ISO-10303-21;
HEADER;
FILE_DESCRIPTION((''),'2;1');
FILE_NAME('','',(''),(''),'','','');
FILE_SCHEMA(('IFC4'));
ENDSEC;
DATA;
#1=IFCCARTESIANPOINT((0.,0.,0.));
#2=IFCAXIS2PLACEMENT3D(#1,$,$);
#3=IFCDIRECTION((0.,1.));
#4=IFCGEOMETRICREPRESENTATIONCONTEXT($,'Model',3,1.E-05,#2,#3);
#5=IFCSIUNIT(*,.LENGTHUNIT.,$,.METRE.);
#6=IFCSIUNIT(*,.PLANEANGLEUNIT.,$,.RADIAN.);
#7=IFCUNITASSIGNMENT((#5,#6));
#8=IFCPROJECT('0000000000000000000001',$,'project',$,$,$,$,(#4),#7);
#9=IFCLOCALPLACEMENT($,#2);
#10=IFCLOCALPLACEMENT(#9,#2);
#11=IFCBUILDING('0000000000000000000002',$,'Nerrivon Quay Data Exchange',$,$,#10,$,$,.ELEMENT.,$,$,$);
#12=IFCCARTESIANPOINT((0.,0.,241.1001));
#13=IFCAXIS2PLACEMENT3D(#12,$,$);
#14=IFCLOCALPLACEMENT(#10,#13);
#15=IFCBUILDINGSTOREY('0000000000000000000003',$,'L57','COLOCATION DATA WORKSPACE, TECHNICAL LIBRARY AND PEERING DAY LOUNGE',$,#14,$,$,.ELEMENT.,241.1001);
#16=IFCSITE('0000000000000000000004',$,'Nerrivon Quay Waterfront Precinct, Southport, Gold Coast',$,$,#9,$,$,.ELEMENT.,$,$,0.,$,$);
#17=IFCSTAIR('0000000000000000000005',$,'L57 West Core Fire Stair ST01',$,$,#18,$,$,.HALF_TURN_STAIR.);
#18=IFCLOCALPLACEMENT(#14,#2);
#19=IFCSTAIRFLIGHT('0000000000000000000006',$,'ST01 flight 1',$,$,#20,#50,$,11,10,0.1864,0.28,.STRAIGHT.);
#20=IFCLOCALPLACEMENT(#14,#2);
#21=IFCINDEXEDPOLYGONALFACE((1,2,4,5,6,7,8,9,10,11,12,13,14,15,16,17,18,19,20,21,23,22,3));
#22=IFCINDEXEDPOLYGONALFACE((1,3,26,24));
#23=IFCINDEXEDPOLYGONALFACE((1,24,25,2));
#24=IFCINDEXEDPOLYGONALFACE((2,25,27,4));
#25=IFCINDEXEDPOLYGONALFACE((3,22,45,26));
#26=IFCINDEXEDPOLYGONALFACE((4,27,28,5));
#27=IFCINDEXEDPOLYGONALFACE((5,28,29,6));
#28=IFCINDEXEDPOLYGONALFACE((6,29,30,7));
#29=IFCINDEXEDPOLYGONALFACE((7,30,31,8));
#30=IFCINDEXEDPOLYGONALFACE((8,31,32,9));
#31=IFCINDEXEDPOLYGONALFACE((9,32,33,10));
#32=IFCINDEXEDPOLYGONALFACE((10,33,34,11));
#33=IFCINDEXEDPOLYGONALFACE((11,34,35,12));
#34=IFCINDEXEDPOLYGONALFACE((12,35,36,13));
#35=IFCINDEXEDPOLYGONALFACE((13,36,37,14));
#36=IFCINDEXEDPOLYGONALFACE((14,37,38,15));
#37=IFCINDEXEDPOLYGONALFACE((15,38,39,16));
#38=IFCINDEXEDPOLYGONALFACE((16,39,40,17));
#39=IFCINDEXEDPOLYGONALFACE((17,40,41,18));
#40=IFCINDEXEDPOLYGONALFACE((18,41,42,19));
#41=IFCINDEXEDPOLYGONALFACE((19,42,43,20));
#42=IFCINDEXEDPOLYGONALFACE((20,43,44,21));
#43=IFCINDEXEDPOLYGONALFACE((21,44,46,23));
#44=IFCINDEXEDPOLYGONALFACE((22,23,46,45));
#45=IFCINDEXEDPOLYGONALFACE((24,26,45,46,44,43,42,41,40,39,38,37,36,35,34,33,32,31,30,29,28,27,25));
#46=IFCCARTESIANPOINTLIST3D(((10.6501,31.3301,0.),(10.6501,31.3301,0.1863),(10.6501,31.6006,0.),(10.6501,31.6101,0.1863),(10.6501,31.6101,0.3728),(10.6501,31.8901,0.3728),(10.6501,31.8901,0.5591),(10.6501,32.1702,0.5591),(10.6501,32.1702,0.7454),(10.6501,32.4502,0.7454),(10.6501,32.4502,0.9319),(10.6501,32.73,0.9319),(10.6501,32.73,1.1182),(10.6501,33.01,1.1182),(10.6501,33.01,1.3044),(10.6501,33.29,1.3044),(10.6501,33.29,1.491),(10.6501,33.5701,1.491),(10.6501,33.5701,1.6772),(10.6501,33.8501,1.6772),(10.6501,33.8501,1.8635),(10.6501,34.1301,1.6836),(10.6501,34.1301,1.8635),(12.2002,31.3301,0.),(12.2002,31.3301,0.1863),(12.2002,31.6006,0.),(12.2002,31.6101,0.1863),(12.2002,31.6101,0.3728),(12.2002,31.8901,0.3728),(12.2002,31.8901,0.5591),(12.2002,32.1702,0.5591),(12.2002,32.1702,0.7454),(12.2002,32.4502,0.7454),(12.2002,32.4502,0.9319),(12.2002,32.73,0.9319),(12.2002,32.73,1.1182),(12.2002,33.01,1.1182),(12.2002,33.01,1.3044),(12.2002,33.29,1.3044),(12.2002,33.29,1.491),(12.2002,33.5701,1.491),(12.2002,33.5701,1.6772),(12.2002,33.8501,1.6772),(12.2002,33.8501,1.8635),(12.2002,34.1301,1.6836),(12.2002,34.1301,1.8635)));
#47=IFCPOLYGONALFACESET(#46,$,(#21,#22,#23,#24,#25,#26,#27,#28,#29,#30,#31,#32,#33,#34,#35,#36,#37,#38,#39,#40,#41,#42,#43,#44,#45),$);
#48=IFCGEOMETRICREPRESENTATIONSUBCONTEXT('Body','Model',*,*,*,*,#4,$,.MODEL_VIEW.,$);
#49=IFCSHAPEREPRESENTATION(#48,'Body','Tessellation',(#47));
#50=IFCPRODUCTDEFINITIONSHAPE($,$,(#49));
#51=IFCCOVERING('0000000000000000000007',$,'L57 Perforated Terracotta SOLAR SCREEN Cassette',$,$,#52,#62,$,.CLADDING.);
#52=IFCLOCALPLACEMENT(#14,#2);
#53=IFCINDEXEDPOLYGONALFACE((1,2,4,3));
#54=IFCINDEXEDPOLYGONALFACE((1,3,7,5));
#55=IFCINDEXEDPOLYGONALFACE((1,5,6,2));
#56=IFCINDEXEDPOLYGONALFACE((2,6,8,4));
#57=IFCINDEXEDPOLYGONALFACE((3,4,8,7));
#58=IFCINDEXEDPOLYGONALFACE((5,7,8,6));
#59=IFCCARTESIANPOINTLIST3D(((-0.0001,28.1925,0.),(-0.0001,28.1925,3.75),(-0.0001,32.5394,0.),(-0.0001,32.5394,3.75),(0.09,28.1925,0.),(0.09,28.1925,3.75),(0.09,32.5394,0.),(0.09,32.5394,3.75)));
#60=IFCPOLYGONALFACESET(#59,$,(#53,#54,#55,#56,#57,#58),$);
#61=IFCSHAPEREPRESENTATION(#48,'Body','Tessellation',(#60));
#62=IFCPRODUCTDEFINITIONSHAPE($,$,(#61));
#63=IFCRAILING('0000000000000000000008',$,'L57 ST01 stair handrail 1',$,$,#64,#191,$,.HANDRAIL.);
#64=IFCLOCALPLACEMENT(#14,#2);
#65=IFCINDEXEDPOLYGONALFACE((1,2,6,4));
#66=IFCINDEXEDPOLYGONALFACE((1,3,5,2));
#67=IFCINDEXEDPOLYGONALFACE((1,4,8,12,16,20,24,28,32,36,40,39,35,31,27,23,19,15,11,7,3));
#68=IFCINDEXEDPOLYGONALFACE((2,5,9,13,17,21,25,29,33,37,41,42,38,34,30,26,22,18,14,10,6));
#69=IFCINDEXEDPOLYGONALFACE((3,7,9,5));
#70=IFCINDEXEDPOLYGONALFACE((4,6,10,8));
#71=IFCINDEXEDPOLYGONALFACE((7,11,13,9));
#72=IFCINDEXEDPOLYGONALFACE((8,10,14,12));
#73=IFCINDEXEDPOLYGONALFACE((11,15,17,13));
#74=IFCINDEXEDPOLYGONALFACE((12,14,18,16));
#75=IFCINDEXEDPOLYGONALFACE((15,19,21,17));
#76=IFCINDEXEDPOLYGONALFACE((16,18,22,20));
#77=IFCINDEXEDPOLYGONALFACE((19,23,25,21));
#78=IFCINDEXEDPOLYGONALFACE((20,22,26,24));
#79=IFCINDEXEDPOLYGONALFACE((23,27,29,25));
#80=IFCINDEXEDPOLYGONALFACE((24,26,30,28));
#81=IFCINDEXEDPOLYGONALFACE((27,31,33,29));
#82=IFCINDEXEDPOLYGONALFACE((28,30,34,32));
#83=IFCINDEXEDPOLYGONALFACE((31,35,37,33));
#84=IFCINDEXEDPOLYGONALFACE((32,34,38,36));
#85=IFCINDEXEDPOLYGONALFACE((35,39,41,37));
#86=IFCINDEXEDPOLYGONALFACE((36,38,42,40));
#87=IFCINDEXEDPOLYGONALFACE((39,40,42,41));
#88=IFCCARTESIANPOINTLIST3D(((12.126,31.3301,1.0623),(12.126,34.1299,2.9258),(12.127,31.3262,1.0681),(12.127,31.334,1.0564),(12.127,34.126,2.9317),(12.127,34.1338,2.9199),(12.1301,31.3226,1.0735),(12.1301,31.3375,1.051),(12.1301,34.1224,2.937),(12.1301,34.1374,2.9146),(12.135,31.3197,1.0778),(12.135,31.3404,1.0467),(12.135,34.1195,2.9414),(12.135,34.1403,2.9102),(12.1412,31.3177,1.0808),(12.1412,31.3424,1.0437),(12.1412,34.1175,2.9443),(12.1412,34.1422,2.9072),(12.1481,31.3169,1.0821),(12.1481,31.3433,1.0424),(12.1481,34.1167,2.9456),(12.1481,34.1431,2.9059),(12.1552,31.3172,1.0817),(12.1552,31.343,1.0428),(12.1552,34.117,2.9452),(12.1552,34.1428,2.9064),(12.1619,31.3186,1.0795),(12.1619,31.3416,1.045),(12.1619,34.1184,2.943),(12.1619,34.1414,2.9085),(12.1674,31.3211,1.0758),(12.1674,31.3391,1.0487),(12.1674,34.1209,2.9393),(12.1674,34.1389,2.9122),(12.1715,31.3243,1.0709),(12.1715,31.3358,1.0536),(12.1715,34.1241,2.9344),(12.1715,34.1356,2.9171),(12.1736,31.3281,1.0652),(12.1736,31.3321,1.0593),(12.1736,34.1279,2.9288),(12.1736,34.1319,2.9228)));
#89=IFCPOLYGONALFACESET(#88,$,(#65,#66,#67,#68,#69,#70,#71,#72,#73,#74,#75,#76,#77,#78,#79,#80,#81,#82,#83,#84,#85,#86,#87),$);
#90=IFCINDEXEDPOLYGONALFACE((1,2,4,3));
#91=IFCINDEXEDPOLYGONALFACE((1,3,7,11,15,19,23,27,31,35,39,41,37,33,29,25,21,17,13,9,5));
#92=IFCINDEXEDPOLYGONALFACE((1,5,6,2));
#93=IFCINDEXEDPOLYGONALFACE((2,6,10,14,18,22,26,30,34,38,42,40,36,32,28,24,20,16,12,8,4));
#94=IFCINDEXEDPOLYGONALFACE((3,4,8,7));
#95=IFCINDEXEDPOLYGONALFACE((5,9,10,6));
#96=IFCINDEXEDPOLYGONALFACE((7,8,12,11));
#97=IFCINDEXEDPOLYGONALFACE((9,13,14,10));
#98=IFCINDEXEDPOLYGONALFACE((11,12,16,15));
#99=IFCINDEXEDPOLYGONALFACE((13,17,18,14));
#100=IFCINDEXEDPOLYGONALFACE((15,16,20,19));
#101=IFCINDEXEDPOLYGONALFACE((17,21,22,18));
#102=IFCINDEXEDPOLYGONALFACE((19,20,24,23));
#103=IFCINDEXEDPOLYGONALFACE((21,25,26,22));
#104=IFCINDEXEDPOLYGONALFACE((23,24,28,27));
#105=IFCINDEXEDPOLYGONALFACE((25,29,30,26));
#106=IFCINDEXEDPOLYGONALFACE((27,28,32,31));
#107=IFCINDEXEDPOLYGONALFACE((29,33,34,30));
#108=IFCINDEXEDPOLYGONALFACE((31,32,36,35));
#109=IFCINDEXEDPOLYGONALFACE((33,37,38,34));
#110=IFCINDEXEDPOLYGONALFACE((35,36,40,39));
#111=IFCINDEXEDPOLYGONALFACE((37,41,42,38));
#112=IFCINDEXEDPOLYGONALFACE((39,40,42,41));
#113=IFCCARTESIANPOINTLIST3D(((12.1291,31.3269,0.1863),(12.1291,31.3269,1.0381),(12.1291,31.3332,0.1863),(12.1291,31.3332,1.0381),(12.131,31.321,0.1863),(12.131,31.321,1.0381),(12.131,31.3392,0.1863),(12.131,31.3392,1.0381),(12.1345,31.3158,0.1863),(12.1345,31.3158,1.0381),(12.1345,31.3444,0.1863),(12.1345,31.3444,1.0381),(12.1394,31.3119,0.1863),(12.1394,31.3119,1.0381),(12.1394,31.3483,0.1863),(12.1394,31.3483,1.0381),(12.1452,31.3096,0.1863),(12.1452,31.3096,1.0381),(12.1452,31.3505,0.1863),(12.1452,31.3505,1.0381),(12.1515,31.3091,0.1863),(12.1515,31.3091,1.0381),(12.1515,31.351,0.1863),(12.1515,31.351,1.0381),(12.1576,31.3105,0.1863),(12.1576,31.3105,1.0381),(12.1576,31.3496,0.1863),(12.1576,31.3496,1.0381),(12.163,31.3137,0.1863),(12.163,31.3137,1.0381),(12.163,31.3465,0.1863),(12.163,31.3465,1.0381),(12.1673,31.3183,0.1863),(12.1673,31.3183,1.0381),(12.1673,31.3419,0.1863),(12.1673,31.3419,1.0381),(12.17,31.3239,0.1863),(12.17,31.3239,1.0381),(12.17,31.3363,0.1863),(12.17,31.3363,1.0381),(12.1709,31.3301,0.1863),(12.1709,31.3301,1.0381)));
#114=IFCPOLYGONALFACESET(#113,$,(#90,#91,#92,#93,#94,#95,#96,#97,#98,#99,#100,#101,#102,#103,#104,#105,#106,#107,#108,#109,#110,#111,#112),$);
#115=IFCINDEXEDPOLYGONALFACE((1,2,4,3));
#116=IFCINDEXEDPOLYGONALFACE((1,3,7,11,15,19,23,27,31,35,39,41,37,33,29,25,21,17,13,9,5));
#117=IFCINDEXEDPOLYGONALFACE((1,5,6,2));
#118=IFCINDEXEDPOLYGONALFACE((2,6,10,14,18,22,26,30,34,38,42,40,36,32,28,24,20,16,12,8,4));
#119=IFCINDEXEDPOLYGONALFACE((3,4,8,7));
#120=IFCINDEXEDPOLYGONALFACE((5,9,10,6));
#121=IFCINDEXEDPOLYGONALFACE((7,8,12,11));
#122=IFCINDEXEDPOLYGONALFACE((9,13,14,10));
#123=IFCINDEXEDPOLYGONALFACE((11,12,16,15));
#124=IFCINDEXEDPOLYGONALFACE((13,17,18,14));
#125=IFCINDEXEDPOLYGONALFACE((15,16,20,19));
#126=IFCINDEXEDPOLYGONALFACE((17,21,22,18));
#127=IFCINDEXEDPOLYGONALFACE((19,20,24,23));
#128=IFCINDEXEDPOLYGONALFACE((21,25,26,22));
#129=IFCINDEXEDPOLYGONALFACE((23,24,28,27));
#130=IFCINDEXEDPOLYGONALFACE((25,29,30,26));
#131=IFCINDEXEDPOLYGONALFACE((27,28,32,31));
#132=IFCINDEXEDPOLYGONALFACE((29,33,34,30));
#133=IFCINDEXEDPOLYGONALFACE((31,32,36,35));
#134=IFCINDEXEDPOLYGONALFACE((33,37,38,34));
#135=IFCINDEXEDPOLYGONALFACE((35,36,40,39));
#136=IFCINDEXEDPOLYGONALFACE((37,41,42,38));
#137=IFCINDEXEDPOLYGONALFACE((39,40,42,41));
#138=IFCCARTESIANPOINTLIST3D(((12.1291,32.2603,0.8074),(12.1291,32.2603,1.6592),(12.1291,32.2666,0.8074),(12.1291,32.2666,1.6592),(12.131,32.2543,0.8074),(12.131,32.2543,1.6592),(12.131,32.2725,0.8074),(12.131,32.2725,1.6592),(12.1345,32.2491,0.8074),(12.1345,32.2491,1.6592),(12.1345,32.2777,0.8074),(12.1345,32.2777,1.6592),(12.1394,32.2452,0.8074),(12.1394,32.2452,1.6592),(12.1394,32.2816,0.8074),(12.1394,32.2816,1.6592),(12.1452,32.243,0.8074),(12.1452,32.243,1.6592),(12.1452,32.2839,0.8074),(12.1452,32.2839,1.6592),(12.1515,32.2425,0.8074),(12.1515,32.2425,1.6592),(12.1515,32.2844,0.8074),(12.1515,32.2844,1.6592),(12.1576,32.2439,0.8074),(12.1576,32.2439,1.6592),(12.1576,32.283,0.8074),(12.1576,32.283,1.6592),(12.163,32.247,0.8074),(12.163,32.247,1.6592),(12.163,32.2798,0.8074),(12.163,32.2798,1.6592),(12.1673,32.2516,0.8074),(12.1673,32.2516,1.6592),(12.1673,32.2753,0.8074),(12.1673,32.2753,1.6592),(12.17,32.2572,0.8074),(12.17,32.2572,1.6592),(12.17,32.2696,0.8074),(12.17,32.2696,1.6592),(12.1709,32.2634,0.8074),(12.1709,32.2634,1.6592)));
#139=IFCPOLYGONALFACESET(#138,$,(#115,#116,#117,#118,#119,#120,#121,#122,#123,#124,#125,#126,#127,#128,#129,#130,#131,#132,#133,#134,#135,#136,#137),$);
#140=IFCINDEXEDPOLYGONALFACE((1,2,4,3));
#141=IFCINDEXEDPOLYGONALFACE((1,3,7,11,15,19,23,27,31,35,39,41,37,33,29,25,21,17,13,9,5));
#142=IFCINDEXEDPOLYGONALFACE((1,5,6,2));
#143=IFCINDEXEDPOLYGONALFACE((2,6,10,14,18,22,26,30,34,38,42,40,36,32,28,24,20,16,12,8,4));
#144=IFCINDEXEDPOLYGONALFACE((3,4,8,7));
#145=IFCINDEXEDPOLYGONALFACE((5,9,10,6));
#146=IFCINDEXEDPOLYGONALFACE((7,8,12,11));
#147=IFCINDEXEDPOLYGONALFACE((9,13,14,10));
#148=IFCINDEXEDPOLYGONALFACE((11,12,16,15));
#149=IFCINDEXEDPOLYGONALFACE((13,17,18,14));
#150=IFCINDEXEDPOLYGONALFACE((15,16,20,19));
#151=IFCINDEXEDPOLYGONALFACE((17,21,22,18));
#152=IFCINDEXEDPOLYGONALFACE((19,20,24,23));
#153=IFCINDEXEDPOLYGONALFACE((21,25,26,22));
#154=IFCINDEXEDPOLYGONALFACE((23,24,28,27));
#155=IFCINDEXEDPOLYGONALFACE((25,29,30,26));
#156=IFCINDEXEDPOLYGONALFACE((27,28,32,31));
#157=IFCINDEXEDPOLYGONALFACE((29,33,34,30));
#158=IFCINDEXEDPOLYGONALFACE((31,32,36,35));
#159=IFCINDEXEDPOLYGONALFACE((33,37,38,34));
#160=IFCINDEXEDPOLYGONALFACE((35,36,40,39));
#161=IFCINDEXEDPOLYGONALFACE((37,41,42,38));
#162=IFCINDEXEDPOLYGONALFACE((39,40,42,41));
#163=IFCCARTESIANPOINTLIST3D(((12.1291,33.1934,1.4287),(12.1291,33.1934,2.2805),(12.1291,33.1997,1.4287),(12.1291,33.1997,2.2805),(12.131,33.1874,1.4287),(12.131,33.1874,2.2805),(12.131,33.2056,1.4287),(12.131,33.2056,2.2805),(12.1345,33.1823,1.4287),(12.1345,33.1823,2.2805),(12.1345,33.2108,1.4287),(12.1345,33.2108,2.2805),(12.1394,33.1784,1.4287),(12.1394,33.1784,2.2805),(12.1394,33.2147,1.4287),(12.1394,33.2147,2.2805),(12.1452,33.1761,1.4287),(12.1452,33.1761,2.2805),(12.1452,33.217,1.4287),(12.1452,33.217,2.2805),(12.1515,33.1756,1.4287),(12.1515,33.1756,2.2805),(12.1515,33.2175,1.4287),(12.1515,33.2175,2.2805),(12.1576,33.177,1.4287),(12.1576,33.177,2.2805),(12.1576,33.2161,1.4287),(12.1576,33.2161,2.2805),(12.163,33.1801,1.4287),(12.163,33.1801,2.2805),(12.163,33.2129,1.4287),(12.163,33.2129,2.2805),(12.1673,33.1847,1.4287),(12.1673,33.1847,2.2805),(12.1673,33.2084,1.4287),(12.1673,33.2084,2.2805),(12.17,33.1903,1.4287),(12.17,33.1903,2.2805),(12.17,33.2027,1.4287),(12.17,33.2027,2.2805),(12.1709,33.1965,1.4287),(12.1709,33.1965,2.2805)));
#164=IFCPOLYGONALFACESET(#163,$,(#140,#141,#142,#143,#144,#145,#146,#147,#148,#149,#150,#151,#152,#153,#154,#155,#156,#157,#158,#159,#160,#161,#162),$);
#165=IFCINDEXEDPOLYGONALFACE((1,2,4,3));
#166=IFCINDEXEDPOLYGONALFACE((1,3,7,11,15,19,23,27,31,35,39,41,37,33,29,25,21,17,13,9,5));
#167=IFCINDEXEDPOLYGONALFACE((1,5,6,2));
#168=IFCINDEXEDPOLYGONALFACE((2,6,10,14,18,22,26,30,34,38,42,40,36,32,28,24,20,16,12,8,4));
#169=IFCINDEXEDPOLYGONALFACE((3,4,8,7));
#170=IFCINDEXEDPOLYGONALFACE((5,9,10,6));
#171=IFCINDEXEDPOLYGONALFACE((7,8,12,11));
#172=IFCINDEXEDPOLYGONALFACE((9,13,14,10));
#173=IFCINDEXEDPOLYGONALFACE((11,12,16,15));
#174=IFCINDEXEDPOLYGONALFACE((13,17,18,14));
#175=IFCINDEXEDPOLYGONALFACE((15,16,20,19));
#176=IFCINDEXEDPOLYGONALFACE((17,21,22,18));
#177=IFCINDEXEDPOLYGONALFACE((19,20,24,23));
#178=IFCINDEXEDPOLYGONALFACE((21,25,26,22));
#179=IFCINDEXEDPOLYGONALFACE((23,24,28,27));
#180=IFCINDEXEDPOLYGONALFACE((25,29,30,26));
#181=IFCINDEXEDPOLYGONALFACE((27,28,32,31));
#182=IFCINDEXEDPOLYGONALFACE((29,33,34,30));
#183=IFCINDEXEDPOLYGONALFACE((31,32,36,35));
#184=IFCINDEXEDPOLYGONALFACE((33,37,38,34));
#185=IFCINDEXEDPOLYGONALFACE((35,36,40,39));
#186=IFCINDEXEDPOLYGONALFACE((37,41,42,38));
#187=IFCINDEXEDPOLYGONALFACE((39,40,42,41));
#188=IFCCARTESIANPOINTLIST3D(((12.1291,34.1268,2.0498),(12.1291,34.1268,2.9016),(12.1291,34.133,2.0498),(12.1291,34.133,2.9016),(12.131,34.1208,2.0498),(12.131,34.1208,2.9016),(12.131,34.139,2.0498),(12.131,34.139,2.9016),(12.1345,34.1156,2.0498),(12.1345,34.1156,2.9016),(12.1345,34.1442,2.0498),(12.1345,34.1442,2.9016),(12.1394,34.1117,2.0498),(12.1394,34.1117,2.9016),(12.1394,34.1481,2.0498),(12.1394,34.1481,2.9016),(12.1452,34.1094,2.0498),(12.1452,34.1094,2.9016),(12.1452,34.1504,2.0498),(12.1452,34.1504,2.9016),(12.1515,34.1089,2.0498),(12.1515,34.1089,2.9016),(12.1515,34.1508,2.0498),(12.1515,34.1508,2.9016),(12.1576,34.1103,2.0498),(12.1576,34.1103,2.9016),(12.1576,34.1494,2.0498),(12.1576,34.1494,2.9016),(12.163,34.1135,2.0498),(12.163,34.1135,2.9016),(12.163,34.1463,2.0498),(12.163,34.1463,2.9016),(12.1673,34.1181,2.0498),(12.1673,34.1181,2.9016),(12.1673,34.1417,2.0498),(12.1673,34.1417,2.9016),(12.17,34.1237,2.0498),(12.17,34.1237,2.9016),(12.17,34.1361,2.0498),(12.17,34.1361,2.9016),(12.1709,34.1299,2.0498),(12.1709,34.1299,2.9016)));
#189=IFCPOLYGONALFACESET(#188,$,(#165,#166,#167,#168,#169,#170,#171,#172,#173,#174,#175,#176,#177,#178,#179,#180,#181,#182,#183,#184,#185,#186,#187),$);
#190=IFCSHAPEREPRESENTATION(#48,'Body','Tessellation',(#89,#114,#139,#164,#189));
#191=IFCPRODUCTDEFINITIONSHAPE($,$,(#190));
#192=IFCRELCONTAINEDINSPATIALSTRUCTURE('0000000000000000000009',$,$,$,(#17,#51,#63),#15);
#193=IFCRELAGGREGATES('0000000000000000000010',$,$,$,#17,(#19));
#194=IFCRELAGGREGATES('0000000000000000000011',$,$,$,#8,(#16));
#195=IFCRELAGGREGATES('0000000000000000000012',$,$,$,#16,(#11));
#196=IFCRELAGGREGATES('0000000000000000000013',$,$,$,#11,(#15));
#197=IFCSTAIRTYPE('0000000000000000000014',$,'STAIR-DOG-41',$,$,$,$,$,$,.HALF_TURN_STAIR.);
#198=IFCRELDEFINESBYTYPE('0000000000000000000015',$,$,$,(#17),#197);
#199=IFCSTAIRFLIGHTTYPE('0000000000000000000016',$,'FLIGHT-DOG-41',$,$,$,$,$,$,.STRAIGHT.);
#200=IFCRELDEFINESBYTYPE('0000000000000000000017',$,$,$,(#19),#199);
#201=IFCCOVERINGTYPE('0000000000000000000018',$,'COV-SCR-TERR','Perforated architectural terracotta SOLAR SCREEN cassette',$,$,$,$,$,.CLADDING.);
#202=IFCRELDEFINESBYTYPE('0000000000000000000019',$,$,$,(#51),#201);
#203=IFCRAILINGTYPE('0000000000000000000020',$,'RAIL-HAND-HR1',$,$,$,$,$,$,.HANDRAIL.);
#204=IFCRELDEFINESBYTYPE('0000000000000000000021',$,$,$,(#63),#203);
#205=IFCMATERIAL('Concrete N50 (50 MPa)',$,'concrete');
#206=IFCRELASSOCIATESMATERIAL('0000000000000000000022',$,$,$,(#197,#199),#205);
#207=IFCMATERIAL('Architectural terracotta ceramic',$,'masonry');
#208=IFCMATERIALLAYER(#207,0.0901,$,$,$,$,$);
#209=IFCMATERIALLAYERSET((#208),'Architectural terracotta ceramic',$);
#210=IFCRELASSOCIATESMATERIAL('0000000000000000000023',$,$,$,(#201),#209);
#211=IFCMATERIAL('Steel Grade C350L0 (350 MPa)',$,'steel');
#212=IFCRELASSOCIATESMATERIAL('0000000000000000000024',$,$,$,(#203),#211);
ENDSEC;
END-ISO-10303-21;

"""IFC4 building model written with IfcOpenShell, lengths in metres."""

from ifc_helpers import new_model, si_unit, direction, frame, origin, origin_2d, place, context, subcontext, project, spatial, polyline, rectangle, circle, outline, extrude, material, layer, layer_set, type_object, element, aggregate, save


model = new_model("IFC4")

# Units and contexts
model_context = context("Model", 3, precision=1e-05, world=origin(), true_north=direction((0.0, 1.0)))
body_context = subcontext(model_context, "Body", "Model", "MODEL_VIEW")
ifc_project = project(units=[si_unit("LENGTHUNIT", "METRE"), si_unit("PLANEANGLEUNIT", "RADIAN")], contexts=[model_context])

# Site, building, storey
site_placement = place(None, origin())
site = spatial("IfcSite", under=ifc_project, at=site_placement, Name="Nerrivon Quay Waterfront Precinct, Southport, Gold Coast", CompositionType="ELEMENT", RefElevation=0.0)
building_placement = place(site_placement, origin())
building = spatial("IfcBuilding", under=site, at=building_placement, Name="Nerrivon Quay Data Exchange", CompositionType="ELEMENT")
storey_placement = place(building_placement, frame((0.0, 0.0, 241.1001)))
storey = spatial("IfcBuildingStorey", under=building, at=storey_placement, Name="L57", Description="COLOCATION DATA WORKSPACE, TECHNICAL LIBRARY AND PEERING DAY LOUNGE", CompositionType="ELEMENT", Elevation=241.1001)

# Shared definitions
ifc_material_1 = material(Name="Concrete N50 (50 MPa)", Category="concrete")

# Stair, stair flight
stair_type = type_object("IfcStairType", Name="STAIR-DOG-41", PredefinedType="HALF_TURN_STAIR", material=ifc_material_1)
stair_placement = place(storey_placement, origin())
stair = element("IfcStair", 1, at=stair_placement, inside=storey, type_object=stair_type, Name="L57 West Core Fire Stair ST01", PredefinedType="HALF_TURN_STAIR")
stair_flight_type = type_object("IfcStairFlightType", Name="FLIGHT-DOG-41", PredefinedType="STRAIGHT", material=ifc_material_1)
stair_flight_placement = place(storey_placement, frame((11.425, 31.3301, 0.0), z_axis=(0.0, 0.0, 1.0), x_axis=(0.0, 1.0, 0.0)))
stair_flight = element("IfcStairFlight", 2, at=stair_flight_placement, type_object=stair_flight_type, Name="ST01 flight 1", NumberOfRisers=11, NumberOfTreads=10, PredefinedType="STRAIGHT", RiserHeight=0.1864, TreadLength=0.28, context=body_context, shape_type="SweptSolid", body=[
    extrude(outline(polyline([(0.0, 0.0), (0.0, 0.1863), (0.28, 0.1863), (0.28, 0.3728), (0.5601, 0.3728), (0.5601, 0.5591), (0.8401, 0.5591), (0.8401, 0.7454), (1.1201, 0.7454), (1.1201, 0.9319), (1.3999, 0.9319), (1.3999, 1.1182), (1.6799, 1.1182), (1.6799, 1.3044), (1.96, 1.3044), (1.96, 1.491), (2.24, 1.491), (2.24, 1.6772), (2.52, 1.6772), (2.52, 1.8635), (2.8, 1.8635), (2.8, 2.05), (2.8, 1.6836), (0.2705, 0.0), (0.0, 0.0)])), frame((0.0, 0.7749, 0.0), z_axis=(0.0, -1.0, 0.0), x_axis=(1.0, 0.0, 0.0)), (0.0, 0.0, 1.0), 1.55),
])
aggregate(stair, [stair_flight])

# Covering
ifc_material_2 = material(Name="Architectural terracotta ceramic", Category="masonry")
ifc_layer_1 = layer(ifc_material_2, 0.0901)
ifc_layer_set_1 = layer_set([ifc_layer_1], Name="Architectural terracotta ceramic")
covering_type = type_object("IfcCoveringType", Name="COV-SCR-TERR", Description="Perforated architectural terracotta SOLAR SCREEN cassette", PredefinedType="CLADDING", material=ifc_layer_set_1)
covering_placement = place(storey_placement, frame((0.0449, 30.366, 0.0), z_axis=(0.0, 0.0, 1.0), x_axis=(0.0, 1.0, 0.0)))
element("IfcCovering", 3, at=covering_placement, inside=storey, type_object=covering_type, Name="L57 Perforated Terracotta SOLAR SCREEN Cassette", PredefinedType="CLADDING", context=body_context, shape_type="SweptSolid", body=[
    extrude(rectangle(XDim=4.3469, YDim=0.0901, at=origin_2d()), origin(), (0.0, 0.0, 1.0), 3.75),
])

# Railing
ifc_material_3 = material(Name="Steel Grade C350L0 (350 MPa)", Category="steel")
railing_type_1 = type_object("IfcRailingType", Name="RAIL-HAND-HR1", PredefinedType="HANDRAIL", material=ifc_material_3)
railing_1_placement = place(storey_placement, frame((12.1499, 31.3301, 0.1863)))
element("IfcRailing", 4, at=railing_1_placement, inside=storey, type_object=railing_type_1, Name="L57 ST01 stair handrail 1", PredefinedType="HANDRAIL", context=body_context, shape_type="SweptSolid", body=[
    extrude(circle(Radius=0.0239, at=origin_2d()), frame((0.0, 0.0, 0.876), z_axis=(0.0, 0.832463, 0.55408), x_axis=(-1.0, 0.0, 0.0)), (0.0, 0.0, 1.0), 3.3633),
    extrude(circle(Radius=0.021, at=origin_2d()), origin(), (0.0, 0.0, 1.0), 0.8518),
    extrude(circle(Radius=0.021, at=origin_2d()), frame((0.0, 0.9333, 0.6211)), (0.0, 0.0, 1.0), 0.8518),
    extrude(circle(Radius=0.021, at=origin_2d()), frame((0.0, 1.8665, 1.2424)), (0.0, 0.0, 1.0), 0.8518),
    extrude(circle(Radius=0.021, at=origin_2d()), frame((0.0, 2.7998, 1.8635)), (0.0, 0.0, 1.0), 0.8518),
])

save(model, "model.ifc")
